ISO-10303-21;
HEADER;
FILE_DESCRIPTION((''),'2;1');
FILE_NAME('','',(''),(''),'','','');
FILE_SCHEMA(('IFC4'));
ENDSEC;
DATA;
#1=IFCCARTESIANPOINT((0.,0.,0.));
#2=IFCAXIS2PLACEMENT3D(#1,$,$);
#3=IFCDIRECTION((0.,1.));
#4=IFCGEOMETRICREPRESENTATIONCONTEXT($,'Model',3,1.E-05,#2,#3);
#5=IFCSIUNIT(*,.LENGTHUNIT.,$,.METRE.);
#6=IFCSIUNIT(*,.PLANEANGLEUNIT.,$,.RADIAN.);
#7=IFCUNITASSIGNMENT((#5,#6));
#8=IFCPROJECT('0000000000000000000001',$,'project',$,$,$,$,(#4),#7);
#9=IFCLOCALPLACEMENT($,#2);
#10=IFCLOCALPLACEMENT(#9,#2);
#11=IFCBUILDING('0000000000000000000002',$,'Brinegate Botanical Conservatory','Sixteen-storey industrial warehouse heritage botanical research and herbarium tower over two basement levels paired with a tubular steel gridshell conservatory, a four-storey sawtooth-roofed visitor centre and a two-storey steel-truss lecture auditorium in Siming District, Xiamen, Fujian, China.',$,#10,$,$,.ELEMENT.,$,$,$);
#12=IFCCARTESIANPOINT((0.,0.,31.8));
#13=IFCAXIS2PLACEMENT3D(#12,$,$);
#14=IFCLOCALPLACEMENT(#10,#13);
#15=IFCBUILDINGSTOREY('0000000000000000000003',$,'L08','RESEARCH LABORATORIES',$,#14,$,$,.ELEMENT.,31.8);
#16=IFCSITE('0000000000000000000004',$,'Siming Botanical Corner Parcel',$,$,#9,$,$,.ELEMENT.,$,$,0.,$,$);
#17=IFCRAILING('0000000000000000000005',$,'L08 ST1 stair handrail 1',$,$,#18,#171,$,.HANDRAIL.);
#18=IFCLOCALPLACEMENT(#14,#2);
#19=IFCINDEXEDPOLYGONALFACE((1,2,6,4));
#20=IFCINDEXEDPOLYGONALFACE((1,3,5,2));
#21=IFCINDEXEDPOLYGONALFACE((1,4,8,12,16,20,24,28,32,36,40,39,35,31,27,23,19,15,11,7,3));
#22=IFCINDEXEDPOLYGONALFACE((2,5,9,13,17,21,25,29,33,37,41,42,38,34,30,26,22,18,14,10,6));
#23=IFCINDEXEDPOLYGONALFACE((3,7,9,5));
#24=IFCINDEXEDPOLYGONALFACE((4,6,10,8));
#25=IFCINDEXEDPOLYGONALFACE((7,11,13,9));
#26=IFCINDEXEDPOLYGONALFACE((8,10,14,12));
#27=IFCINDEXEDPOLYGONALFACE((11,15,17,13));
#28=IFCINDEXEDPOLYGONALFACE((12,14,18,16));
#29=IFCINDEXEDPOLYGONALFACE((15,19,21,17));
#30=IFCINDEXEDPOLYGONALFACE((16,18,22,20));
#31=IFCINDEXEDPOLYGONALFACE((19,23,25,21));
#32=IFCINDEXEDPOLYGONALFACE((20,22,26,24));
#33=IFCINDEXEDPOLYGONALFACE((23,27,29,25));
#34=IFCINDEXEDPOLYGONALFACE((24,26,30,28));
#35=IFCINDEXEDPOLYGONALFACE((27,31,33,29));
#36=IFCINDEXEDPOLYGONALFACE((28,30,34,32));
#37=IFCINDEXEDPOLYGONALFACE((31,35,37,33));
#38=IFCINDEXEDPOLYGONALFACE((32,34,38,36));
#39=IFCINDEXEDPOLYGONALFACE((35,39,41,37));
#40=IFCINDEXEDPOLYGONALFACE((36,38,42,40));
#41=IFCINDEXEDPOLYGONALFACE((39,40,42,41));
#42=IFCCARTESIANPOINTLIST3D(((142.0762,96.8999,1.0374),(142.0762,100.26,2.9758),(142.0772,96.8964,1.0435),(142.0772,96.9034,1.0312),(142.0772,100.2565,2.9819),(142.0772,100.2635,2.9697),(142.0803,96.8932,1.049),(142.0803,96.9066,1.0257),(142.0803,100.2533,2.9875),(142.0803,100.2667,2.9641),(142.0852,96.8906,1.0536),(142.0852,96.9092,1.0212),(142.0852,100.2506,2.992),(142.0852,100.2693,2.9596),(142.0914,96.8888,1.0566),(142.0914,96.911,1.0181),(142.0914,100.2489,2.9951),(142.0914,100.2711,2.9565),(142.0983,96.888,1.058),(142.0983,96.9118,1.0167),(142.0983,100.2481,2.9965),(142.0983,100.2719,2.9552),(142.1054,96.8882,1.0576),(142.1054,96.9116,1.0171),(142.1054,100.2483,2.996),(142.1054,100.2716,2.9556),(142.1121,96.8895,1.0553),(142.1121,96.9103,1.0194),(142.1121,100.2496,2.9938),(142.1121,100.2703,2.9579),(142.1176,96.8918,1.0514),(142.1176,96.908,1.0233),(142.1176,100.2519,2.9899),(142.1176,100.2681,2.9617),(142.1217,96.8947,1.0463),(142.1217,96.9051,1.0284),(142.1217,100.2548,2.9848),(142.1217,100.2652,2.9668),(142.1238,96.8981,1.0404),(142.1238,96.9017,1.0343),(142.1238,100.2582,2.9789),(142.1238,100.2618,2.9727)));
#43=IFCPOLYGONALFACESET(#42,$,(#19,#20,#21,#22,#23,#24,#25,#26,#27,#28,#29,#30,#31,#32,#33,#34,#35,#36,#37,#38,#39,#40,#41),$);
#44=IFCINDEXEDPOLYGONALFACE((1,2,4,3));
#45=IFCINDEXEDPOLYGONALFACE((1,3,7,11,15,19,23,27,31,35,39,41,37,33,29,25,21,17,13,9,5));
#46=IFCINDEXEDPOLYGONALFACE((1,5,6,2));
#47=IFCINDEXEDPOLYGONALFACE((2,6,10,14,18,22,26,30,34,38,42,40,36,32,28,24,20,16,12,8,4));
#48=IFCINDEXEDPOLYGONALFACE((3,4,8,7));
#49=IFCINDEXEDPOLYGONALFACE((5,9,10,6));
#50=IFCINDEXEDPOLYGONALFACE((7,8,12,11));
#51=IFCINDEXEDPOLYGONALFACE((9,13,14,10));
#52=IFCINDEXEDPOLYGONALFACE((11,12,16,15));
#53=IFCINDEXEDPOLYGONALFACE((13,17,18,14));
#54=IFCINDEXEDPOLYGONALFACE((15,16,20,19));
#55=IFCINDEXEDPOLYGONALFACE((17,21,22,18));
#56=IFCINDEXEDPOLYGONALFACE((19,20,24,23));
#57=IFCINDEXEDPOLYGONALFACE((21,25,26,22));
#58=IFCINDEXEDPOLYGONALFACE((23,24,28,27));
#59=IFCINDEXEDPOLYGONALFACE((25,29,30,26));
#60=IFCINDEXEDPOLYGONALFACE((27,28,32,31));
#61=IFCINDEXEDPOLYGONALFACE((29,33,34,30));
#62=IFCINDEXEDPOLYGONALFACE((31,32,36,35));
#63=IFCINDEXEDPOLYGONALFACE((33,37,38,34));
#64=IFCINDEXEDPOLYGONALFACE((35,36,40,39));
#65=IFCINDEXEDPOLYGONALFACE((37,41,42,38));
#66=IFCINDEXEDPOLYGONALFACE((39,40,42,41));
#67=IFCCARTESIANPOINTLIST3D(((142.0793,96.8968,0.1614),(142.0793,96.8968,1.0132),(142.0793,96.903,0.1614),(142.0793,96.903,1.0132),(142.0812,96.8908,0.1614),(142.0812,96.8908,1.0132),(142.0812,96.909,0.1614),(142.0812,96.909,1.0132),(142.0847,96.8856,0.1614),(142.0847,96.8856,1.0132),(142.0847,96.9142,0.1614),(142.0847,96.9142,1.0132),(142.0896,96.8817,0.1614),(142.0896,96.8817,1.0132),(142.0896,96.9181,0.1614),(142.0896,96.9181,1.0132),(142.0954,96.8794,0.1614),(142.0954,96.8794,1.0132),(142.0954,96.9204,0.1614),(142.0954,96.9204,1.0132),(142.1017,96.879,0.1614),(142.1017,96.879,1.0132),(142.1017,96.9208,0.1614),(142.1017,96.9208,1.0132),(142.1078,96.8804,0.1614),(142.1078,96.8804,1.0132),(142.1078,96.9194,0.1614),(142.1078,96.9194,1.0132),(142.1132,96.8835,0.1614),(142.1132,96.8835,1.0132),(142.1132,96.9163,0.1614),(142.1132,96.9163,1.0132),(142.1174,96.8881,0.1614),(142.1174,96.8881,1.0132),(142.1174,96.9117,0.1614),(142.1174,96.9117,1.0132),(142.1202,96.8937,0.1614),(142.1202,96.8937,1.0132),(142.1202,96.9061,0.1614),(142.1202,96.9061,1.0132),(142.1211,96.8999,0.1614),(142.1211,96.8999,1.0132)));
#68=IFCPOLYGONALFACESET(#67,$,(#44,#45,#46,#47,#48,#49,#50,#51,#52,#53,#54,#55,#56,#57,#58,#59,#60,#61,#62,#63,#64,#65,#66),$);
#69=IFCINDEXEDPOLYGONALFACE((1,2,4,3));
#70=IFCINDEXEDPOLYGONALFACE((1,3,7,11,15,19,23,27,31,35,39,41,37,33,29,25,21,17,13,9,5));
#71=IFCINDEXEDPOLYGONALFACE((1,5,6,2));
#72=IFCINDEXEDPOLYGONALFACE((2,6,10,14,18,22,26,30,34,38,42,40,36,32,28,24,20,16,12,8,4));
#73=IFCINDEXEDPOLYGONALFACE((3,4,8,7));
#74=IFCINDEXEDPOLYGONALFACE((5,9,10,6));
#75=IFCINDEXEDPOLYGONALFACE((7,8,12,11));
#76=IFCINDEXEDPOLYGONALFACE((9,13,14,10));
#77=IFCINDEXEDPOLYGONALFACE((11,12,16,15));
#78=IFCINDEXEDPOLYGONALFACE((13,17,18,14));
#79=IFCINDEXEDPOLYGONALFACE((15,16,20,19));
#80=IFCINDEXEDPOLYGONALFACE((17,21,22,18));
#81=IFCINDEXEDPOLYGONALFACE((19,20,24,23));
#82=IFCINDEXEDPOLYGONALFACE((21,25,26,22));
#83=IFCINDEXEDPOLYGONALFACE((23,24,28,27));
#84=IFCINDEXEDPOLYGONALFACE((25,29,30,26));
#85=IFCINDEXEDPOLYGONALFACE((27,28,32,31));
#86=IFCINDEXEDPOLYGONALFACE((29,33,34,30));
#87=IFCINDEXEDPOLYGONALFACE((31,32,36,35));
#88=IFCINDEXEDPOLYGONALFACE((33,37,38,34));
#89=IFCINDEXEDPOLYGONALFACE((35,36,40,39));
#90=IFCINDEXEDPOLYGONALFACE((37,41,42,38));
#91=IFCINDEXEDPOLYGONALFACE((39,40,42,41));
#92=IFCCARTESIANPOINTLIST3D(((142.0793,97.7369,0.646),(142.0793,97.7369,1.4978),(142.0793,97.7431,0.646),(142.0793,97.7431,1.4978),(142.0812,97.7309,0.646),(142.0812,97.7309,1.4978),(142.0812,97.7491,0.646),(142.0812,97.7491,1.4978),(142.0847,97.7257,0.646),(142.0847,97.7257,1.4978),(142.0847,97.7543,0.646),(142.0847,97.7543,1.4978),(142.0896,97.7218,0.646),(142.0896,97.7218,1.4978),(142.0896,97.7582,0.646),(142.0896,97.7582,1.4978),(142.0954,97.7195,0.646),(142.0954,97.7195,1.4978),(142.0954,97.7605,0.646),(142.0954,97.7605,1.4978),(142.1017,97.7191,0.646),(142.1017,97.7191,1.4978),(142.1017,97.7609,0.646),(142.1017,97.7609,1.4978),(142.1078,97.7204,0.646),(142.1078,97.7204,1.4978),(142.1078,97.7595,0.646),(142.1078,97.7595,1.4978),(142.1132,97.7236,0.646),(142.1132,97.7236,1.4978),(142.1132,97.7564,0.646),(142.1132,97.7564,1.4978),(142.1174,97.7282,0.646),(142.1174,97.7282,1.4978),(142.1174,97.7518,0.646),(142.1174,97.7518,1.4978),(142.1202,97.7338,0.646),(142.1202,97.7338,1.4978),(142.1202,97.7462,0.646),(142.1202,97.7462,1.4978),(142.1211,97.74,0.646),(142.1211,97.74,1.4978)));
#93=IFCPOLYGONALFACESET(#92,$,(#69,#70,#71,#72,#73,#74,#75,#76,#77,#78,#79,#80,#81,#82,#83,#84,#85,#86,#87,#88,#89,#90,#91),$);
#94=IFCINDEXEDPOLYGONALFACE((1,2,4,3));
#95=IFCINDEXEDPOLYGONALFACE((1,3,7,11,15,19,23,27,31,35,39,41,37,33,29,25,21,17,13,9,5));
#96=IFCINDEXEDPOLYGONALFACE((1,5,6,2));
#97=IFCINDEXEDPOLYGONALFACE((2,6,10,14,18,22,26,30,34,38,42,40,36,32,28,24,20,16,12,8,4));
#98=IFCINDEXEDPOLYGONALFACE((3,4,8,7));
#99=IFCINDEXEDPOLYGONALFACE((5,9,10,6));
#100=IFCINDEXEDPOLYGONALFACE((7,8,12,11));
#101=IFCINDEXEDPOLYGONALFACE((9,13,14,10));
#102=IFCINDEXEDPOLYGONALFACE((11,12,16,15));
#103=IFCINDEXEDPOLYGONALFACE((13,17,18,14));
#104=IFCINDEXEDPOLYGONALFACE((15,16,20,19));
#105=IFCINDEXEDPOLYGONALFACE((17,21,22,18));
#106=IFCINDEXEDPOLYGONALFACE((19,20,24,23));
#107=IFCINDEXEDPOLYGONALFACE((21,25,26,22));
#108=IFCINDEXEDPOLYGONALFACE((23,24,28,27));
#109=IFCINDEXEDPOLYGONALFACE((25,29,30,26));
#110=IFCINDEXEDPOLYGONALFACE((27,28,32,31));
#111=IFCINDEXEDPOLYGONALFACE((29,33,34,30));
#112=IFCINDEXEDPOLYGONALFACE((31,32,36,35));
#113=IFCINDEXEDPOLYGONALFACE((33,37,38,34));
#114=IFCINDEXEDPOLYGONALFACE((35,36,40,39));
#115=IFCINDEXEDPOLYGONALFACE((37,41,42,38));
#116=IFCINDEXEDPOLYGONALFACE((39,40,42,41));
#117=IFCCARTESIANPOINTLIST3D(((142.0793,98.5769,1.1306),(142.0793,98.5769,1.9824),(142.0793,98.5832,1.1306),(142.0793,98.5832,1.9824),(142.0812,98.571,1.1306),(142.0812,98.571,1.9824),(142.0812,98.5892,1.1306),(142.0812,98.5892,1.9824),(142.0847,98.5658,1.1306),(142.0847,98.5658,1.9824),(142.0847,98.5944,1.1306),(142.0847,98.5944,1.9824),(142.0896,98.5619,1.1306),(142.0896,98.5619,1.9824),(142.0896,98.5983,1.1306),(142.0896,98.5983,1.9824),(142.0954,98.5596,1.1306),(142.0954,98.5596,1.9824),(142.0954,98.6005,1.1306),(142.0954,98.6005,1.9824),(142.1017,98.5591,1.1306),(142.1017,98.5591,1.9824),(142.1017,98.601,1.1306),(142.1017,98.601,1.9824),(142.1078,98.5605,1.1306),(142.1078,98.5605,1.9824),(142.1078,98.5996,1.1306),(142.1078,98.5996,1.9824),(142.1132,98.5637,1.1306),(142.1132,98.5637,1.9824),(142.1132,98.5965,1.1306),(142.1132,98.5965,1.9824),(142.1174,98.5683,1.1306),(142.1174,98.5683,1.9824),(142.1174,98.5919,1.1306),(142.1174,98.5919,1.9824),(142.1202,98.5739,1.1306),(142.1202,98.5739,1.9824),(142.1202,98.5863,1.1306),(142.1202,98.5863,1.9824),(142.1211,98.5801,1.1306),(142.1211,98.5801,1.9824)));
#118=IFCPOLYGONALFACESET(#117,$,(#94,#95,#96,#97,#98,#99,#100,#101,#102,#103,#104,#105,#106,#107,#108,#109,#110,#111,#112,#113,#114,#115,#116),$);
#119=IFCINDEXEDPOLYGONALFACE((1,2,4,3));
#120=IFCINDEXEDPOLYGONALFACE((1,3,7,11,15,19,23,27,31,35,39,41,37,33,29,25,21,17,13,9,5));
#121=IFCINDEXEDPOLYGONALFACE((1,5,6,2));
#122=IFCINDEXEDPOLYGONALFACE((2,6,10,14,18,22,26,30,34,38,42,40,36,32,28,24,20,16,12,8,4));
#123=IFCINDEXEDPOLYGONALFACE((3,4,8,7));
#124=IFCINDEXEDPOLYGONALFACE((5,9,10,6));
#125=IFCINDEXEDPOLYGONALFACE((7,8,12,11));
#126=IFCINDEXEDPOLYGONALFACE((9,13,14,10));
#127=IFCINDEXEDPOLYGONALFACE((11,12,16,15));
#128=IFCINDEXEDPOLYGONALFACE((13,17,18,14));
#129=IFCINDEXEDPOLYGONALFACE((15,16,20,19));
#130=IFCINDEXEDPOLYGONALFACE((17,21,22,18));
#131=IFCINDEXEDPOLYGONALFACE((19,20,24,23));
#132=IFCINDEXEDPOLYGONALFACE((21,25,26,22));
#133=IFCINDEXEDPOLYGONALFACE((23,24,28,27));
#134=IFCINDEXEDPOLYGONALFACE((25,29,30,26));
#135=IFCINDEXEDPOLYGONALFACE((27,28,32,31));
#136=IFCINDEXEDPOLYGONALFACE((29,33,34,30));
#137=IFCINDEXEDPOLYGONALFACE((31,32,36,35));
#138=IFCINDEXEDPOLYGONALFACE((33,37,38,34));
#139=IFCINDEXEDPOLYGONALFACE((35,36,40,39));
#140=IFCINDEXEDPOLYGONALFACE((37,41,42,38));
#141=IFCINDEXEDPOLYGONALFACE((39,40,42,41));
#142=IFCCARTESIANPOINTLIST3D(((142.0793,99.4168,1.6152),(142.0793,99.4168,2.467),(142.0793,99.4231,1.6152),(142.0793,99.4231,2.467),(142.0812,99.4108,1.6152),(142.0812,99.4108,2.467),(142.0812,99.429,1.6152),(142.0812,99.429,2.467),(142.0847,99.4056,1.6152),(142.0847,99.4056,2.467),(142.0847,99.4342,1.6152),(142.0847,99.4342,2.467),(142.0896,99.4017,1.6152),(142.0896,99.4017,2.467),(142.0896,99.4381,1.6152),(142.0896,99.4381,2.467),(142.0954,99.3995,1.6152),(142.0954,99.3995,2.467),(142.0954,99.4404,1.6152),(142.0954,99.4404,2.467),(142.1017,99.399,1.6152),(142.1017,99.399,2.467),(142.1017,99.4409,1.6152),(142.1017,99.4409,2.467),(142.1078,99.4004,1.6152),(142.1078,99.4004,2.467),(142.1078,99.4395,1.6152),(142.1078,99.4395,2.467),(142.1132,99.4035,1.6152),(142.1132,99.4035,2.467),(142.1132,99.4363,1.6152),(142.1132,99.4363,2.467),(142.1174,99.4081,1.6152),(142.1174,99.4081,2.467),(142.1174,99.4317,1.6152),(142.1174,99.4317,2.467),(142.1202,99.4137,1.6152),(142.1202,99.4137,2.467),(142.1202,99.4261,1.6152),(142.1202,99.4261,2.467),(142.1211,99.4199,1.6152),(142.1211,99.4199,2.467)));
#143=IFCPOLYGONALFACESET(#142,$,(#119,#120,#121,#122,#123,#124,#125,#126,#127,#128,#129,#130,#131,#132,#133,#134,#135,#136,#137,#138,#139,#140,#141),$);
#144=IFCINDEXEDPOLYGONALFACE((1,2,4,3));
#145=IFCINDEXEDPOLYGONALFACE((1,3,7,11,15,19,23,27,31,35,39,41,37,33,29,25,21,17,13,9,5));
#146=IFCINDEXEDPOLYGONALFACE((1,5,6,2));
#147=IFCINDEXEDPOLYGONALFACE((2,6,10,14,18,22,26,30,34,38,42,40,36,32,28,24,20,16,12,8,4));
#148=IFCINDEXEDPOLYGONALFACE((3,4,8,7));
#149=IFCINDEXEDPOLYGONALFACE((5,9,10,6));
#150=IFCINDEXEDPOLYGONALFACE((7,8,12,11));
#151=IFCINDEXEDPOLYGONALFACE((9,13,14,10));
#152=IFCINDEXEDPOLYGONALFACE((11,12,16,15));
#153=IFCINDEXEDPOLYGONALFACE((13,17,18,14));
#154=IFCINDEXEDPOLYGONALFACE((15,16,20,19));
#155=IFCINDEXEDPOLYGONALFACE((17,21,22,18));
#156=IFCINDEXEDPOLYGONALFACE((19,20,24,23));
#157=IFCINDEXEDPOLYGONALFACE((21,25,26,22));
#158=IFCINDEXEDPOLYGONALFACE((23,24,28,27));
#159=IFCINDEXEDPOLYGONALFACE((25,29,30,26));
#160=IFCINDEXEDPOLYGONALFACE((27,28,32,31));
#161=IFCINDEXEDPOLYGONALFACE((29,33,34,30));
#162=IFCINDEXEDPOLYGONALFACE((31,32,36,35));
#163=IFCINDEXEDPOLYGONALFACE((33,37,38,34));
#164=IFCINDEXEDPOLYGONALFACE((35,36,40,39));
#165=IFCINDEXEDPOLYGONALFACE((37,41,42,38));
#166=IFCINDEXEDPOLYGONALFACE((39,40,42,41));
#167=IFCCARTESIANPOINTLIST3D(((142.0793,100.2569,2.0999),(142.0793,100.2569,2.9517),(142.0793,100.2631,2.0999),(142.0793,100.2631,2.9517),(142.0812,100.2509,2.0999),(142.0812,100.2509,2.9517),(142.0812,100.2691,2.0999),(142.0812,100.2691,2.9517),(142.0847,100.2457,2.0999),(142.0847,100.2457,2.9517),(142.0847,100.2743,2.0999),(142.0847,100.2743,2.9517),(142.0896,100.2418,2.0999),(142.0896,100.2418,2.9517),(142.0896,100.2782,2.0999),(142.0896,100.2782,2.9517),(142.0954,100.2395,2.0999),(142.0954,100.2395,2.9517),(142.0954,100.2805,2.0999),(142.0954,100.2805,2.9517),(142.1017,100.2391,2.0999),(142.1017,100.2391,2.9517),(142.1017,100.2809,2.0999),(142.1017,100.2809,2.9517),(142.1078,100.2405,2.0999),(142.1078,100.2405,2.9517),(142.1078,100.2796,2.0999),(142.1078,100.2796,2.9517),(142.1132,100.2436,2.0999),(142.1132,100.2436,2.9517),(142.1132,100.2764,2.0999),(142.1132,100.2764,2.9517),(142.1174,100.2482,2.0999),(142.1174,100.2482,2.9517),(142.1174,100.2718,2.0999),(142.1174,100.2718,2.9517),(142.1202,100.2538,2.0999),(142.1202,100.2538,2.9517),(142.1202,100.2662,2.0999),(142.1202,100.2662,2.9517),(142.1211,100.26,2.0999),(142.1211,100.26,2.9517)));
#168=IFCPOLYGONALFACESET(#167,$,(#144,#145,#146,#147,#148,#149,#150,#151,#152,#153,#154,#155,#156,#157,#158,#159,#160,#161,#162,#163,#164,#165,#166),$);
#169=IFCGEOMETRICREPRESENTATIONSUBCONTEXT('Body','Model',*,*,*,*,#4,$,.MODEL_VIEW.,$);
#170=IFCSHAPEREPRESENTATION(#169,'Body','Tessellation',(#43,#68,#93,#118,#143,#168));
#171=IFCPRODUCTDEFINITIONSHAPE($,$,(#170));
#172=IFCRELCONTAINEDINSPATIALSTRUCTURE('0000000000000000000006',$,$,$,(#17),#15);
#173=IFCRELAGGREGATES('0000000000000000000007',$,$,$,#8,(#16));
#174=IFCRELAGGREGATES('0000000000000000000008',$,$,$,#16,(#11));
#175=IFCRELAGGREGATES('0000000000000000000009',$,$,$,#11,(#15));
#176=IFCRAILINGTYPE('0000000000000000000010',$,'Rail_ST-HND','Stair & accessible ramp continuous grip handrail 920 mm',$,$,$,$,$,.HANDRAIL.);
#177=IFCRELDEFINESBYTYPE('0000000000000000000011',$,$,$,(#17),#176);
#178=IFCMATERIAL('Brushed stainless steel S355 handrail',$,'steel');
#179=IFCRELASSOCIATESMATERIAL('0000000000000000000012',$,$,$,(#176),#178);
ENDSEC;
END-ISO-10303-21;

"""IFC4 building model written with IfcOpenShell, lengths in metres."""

from ifc_helpers import new_model, si_unit, direction, frame, origin, origin_2d, place, context, subcontext, project, spatial, circle, extrude, material, type_object, element, save


model = new_model("IFC4")

# Units and contexts
model_context = context("Model", 3, precision=1e-05, world=origin(), true_north=direction((0.0, 1.0)))
body_context = subcontext(model_context, "Body", "Model", "MODEL_VIEW")
ifc_project = project(units=[si_unit("LENGTHUNIT", "METRE"), si_unit("PLANEANGLEUNIT", "RADIAN")], contexts=[model_context])

# Site, building, storey
site_placement = place(None, origin())
site = spatial("IfcSite", under=ifc_project, at=site_placement, Name="Siming Botanical Corner Parcel", CompositionType="ELEMENT", RefElevation=0.0)
building_placement = place(site_placement, origin())
building = spatial("IfcBuilding", under=site, at=building_placement, Name="Brinegate Botanical Conservatory", Description="Sixteen-storey industrial warehouse heritage botanical research and herbarium tower over two basement levels paired with a tubular steel gridshell conservatory, a four-storey sawtooth-roofed visitor centre and a two-storey steel-truss lecture auditorium in Siming District, Xiamen, Fujian, China.", CompositionType="ELEMENT")
storey_placement = place(building_placement, frame((0.0, 0.0, 31.8)))
storey = spatial("IfcBuildingStorey", under=building, at=storey_placement, Name="L08", Description="RESEARCH LABORATORIES", CompositionType="ELEMENT", Elevation=31.8)

# Railing
ifc_material_1 = material(Name="Brushed stainless steel S355 handrail", Category="steel")
railing_type_1 = type_object("IfcRailingType", Name="Rail_ST-HND", Description="Stair & accessible ramp continuous grip handrail 920 mm", PredefinedType="HANDRAIL", material=ifc_material_1)
railing_1_placement = place(storey_placement, frame((142.1001, 96.8999, 0.1614)))
element("IfcRailing", 1, at=railing_1_placement, inside=storey, type_object=railing_type_1, Name="L08 ST1 stair handrail 1", PredefinedType="HANDRAIL", context=body_context, shape_type="SweptSolid", body=[
    extrude(circle(Radius=0.0239, at=origin_2d()), frame((0.0, 0.0, 0.876), z_axis=(0.0, 0.866191, 0.499713), x_axis=(-1.0, 0.0, 0.0)), (0.0, 0.0, 1.0), 3.8792),
    extrude(circle(Radius=0.021, at=origin_2d()), origin(), (0.0, 0.0, 1.0), 0.8518),
    extrude(circle(Radius=0.021, at=origin_2d()), frame((0.0, 0.8401, 0.4846)), (0.0, 0.0, 1.0), 0.8518),
    extrude(circle(Radius=0.021, at=origin_2d()), frame((0.0, 1.6802, 0.9692)), (0.0, 0.0, 1.0), 0.8518),
    extrude(circle(Radius=0.021, at=origin_2d()), frame((0.0, 2.52, 1.4539)), (0.0, 0.0, 1.0), 0.8518),
    extrude(circle(Radius=0.021, at=origin_2d()), frame((0.0, 3.3601, 1.9385)), (0.0, 0.0, 1.0), 0.8518),
])

save(model, "model.ifc")
